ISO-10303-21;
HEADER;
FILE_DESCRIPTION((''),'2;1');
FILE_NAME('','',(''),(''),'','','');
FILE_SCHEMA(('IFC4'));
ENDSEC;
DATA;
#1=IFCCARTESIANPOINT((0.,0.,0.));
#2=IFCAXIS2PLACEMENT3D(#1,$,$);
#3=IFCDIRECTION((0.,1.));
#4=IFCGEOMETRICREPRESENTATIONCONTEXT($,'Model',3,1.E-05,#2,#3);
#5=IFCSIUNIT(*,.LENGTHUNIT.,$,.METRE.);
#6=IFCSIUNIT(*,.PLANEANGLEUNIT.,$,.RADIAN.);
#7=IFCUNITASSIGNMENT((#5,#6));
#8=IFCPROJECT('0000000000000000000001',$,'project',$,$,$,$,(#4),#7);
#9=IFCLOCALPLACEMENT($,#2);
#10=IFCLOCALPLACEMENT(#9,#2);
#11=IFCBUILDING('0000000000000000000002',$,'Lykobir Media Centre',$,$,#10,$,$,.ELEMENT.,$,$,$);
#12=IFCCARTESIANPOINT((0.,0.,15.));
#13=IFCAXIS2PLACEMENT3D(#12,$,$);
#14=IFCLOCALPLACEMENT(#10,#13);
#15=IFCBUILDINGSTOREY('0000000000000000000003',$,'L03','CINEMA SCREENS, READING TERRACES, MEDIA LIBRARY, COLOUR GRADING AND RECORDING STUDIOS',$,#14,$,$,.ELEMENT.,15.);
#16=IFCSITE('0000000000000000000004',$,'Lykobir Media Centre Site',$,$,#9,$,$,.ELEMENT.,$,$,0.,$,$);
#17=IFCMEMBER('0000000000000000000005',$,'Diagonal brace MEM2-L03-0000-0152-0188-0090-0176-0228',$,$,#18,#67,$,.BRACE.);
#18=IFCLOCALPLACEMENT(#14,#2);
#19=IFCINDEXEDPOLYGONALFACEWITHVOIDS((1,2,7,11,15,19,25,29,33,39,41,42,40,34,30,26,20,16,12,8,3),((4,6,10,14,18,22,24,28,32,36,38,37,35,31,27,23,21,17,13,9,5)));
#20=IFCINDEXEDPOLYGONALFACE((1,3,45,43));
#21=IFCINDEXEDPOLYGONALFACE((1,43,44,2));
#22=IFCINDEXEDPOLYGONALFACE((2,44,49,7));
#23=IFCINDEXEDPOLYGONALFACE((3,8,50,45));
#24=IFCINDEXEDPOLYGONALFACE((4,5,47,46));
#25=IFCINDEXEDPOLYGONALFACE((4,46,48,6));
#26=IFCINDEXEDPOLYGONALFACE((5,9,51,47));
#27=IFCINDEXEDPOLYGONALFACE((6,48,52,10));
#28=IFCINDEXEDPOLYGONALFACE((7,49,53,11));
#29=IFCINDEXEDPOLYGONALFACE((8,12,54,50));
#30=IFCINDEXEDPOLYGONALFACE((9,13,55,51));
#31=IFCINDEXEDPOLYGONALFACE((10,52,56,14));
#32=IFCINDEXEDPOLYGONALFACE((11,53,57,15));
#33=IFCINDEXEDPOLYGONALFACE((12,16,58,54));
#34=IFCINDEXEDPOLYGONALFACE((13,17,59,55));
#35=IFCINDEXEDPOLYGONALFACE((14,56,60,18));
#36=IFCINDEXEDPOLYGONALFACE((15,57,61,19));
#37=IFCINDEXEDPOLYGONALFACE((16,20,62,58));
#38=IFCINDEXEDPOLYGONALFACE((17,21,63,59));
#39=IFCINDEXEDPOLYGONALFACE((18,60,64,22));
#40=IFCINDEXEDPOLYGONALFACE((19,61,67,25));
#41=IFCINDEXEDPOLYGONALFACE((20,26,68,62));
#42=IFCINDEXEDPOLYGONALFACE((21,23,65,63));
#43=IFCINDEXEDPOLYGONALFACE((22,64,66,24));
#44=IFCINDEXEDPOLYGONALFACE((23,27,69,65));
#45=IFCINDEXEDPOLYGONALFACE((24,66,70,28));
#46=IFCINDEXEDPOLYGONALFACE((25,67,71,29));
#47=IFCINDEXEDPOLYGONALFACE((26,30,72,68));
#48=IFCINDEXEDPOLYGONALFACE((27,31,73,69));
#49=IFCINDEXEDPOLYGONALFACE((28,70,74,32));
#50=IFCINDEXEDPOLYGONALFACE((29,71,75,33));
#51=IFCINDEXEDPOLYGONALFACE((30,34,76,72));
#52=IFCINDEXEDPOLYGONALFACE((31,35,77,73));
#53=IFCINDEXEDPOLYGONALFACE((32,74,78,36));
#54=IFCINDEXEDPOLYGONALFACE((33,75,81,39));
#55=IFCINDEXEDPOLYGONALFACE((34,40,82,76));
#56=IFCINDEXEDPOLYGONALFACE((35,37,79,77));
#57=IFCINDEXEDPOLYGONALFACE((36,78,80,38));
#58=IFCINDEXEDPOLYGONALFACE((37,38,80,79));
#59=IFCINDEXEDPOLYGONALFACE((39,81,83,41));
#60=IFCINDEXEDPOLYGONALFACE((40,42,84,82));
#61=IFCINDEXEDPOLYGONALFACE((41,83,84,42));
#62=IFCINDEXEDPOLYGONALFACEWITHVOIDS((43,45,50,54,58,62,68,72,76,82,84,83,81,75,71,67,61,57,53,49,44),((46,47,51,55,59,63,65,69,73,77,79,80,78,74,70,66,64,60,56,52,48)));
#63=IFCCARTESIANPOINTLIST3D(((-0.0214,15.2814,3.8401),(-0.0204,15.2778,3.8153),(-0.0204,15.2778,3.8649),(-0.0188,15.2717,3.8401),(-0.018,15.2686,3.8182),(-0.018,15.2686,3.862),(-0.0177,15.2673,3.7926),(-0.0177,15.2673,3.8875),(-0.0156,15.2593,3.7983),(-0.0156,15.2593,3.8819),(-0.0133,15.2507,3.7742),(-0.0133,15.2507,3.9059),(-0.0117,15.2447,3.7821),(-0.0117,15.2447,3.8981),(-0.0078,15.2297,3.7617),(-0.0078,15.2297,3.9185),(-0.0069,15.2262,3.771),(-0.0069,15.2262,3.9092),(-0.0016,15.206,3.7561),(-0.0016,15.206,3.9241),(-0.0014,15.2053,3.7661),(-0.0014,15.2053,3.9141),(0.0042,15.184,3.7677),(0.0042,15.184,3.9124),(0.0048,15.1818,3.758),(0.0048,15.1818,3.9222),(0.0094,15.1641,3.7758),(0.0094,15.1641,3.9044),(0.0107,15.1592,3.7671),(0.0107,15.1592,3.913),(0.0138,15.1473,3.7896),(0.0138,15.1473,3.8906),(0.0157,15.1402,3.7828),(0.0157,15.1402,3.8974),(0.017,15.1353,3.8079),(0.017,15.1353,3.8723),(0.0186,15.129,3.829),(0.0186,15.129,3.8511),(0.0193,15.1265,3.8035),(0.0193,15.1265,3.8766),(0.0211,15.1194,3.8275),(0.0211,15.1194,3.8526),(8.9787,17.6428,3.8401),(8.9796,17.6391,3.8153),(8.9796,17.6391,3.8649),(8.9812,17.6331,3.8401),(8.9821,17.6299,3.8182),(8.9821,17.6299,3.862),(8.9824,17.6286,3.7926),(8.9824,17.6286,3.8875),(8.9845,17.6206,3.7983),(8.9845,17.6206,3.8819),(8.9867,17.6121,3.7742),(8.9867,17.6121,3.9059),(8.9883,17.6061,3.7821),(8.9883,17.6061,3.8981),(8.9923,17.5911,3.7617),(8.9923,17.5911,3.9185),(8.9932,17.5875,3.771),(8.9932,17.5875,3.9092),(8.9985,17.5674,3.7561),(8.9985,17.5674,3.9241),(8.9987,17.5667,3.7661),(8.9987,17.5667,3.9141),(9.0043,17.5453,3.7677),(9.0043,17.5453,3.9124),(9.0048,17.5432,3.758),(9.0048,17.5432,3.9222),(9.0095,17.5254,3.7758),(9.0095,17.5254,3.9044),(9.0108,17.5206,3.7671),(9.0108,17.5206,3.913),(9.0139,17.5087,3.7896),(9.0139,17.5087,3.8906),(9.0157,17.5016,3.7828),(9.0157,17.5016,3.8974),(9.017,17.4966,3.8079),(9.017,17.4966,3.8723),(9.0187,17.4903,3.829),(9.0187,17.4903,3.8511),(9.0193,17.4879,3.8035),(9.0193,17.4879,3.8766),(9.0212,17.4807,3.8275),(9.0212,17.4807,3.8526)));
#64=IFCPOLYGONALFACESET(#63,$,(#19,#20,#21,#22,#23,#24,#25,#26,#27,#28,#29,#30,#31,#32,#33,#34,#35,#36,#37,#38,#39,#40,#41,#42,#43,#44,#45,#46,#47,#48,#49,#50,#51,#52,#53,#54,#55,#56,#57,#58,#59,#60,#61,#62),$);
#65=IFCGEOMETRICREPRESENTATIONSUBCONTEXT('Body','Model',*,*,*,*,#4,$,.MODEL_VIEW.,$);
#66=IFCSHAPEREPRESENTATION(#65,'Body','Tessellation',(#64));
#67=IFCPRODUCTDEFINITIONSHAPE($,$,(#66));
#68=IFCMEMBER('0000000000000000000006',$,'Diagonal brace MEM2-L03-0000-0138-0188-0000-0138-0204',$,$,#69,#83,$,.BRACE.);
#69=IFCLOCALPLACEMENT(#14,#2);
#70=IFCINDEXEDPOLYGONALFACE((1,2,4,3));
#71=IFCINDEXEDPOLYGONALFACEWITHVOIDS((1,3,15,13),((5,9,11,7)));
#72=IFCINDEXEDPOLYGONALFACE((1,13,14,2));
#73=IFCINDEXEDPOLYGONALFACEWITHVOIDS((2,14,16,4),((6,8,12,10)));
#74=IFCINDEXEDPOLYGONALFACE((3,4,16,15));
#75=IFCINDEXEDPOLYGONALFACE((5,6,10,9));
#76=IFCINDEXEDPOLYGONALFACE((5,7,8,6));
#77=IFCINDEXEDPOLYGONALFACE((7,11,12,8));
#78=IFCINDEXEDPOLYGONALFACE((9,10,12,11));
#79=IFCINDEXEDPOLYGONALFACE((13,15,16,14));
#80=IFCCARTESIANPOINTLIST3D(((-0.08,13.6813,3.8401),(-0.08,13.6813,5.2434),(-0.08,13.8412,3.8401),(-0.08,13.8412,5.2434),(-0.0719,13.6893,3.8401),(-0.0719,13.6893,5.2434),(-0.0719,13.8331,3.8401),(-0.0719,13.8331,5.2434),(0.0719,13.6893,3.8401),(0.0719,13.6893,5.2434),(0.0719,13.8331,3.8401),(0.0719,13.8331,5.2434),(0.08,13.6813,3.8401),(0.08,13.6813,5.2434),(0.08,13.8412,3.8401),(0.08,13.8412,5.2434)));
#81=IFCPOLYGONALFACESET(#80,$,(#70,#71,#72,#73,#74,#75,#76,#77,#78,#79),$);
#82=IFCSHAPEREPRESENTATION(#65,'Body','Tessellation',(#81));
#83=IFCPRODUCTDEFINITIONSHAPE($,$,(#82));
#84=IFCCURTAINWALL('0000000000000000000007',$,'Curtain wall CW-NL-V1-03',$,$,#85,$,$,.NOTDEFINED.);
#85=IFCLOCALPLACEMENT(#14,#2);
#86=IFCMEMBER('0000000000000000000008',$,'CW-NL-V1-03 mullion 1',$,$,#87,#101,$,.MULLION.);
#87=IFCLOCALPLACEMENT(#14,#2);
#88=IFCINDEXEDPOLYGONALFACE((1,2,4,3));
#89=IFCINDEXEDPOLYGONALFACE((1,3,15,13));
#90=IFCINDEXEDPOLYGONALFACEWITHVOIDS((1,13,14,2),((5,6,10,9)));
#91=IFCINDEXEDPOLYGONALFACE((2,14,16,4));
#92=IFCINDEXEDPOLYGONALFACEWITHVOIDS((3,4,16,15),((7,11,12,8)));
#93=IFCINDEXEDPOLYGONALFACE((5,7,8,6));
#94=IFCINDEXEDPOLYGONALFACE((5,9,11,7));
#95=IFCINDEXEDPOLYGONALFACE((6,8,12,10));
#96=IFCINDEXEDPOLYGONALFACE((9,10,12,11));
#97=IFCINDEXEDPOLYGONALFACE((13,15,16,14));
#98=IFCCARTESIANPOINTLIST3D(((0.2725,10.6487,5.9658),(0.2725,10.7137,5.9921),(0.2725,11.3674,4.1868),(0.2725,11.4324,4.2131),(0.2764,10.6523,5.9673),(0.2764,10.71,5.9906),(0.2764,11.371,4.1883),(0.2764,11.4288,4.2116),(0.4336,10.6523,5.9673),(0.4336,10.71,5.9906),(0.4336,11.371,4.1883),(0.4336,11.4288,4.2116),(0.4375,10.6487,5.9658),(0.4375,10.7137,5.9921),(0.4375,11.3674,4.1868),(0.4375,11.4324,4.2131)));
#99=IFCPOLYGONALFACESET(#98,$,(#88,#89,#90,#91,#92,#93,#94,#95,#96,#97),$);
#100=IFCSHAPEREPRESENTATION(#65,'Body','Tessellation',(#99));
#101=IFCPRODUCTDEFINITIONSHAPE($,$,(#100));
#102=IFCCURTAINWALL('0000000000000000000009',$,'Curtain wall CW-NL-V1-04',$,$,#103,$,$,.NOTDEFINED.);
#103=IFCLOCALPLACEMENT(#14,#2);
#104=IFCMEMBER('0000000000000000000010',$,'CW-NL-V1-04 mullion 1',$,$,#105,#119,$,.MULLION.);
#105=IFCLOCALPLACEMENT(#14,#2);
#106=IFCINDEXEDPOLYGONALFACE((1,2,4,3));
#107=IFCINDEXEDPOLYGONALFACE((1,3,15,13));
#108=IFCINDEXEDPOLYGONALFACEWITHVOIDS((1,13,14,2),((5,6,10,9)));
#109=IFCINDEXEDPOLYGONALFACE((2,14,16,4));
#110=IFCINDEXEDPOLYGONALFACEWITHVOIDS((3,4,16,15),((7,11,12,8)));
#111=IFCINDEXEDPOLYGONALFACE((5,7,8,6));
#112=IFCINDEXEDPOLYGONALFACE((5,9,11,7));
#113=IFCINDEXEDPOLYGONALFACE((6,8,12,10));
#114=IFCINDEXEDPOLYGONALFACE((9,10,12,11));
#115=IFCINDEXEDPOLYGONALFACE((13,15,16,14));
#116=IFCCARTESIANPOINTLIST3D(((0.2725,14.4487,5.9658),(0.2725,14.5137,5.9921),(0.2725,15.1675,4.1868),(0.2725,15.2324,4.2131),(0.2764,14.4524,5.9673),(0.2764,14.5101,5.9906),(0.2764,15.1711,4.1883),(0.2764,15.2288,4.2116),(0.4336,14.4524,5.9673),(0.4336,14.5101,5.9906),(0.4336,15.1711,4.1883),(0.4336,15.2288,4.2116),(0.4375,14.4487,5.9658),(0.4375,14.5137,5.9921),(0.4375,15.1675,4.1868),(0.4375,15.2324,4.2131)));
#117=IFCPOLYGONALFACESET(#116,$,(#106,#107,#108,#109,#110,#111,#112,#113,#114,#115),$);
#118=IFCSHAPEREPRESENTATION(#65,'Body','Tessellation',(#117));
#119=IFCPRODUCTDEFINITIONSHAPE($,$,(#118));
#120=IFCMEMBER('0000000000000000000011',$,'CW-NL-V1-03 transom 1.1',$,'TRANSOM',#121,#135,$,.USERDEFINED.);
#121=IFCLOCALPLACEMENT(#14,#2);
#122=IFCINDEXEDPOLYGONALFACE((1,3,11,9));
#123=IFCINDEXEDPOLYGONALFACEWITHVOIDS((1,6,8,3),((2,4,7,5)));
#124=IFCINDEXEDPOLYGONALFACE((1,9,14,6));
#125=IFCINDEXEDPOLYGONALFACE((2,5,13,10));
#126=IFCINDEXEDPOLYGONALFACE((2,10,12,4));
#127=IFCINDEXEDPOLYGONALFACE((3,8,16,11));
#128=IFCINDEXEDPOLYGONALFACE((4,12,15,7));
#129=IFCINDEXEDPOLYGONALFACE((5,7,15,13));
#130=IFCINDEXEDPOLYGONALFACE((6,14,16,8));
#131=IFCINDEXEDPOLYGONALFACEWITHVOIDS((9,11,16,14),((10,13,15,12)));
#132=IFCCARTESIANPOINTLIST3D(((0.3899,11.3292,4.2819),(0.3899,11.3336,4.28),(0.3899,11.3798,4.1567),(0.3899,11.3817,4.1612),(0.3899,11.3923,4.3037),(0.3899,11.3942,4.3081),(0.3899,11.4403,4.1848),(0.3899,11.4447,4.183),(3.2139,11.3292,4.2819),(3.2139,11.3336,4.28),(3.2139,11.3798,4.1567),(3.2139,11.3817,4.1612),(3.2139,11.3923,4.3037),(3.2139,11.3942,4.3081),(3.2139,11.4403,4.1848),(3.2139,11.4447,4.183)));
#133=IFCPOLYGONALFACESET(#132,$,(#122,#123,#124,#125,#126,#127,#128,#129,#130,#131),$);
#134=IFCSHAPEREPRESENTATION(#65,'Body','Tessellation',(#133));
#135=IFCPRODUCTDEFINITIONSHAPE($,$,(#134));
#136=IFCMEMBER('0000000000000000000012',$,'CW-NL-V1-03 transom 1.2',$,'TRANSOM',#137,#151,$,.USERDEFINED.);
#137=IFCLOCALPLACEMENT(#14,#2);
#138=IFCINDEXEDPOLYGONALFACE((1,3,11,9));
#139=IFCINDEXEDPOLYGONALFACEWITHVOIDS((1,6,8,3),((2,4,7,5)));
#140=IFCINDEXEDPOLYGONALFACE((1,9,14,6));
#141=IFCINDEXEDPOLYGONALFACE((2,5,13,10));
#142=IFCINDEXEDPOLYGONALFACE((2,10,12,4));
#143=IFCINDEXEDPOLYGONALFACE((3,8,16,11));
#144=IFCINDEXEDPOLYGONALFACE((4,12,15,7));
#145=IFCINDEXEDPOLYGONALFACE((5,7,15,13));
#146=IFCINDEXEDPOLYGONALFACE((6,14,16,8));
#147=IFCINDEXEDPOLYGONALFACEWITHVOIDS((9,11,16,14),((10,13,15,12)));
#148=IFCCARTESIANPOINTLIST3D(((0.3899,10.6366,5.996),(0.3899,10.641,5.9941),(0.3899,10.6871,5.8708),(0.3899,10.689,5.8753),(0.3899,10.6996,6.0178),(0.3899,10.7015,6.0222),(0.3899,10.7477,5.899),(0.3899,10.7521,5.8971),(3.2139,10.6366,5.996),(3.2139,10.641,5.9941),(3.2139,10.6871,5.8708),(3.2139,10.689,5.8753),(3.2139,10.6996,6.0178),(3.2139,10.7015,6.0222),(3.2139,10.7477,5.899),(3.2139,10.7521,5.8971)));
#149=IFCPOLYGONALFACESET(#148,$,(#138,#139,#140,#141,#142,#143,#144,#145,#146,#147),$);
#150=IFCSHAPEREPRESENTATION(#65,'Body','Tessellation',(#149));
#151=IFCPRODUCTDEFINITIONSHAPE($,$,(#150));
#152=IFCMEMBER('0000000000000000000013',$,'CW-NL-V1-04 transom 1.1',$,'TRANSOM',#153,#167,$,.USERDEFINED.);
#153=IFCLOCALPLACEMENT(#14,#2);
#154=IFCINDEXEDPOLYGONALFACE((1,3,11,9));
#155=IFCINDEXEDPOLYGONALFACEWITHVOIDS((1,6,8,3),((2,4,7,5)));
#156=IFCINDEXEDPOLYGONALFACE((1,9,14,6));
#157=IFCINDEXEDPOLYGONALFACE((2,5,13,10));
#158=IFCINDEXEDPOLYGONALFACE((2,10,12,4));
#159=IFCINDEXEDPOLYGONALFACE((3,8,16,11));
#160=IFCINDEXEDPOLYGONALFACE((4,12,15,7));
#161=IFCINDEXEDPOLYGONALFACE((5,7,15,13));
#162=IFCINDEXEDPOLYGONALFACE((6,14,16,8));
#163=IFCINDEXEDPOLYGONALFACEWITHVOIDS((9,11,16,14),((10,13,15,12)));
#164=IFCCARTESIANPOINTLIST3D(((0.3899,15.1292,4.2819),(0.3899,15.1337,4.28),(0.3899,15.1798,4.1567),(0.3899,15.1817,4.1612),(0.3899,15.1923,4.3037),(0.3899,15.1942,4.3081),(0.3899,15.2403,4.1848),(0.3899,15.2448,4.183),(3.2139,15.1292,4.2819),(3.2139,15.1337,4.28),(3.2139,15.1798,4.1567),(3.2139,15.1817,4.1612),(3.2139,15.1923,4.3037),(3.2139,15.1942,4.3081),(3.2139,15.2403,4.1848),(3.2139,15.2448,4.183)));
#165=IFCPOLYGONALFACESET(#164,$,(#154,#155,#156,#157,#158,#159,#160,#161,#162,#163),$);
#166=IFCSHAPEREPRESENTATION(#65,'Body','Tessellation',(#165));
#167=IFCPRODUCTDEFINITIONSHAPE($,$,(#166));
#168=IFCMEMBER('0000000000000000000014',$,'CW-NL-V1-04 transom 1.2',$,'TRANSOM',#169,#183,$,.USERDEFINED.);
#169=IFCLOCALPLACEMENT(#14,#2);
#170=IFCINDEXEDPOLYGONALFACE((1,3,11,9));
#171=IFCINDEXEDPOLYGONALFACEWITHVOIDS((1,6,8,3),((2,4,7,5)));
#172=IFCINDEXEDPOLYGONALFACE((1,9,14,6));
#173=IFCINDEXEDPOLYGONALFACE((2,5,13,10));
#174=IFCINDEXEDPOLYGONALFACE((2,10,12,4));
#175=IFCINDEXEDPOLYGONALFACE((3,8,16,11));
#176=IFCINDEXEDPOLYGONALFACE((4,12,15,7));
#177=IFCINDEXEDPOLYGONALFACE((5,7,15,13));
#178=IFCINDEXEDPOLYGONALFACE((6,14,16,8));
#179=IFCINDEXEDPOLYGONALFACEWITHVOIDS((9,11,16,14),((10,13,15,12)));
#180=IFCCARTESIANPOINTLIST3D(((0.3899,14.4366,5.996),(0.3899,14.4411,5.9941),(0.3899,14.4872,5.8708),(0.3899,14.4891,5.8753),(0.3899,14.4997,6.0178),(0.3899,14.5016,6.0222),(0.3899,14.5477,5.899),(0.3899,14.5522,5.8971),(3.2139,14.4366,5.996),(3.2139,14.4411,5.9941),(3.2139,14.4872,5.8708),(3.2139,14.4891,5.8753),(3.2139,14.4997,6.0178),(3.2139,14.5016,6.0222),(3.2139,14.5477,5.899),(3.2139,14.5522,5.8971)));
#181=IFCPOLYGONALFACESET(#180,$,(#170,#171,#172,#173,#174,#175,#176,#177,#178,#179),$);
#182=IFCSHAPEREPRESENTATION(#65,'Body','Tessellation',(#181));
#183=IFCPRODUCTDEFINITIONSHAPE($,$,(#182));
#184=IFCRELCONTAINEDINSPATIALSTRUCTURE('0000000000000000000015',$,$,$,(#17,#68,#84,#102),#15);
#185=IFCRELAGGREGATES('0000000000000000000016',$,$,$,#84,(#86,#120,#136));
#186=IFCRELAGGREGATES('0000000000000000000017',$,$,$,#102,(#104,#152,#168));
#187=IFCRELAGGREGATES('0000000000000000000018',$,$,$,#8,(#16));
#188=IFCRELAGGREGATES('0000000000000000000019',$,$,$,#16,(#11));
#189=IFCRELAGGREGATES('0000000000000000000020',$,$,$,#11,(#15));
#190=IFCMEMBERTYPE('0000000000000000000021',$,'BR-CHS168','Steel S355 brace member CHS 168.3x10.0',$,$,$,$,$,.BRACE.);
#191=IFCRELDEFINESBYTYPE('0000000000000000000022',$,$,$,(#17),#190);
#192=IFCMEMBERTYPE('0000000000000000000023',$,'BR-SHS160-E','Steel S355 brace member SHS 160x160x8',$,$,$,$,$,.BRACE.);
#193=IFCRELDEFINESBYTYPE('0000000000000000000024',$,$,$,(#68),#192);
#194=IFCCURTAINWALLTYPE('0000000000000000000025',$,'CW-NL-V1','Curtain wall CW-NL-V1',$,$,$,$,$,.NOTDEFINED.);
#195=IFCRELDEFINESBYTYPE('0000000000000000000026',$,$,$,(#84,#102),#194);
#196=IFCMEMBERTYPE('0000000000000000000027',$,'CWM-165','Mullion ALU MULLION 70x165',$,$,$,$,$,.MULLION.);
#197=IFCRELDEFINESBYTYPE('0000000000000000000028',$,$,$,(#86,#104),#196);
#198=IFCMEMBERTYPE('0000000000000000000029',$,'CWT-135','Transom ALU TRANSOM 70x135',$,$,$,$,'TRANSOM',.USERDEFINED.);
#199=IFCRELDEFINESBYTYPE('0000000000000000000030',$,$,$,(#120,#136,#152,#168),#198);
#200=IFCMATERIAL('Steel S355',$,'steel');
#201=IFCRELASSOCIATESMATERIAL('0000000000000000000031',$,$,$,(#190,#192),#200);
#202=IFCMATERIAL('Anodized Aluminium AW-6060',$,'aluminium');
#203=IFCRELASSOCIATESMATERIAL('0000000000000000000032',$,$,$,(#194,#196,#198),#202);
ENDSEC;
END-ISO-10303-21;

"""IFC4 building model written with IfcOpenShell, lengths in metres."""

from ifc_helpers import new_model, si_unit, direction, frame, origin, origin_2d, place, context, subcontext, project, spatial, hollow_rectangle, hollow_circle, extrude, material, material_profile, profile_set, type_object, element, aggregate, save


model = new_model("IFC4")

# Units and contexts
model_context = context("Model", 3, precision=1e-05, world=origin(), true_north=direction((0.0, 1.0)))
body_context = subcontext(model_context, "Body", "Model", "MODEL_VIEW")
ifc_project = project(units=[si_unit("LENGTHUNIT", "METRE"), si_unit("PLANEANGLEUNIT", "RADIAN")], contexts=[model_context])

# Site, building, storey
site_placement = place(None, origin())
site = spatial("IfcSite", under=ifc_project, at=site_placement, Name="Lykobir Media Centre Site", CompositionType="ELEMENT", RefElevation=0.0)
building_placement = place(site_placement, origin())
building = spatial("IfcBuilding", under=site, at=building_placement, Name="Lykobir Media Centre", CompositionType="ELEMENT")
storey_placement = place(building_placement, frame((0.0, 0.0, 15.0)))
storey = spatial("IfcBuildingStorey", under=building, at=storey_placement, Name="L03", Description="CINEMA SCREENS, READING TERRACES, MEDIA LIBRARY, COLOUR GRADING AND RECORDING STUDIOS", CompositionType="ELEMENT", Elevation=15.0)

# Members
ifc_material_1 = material(Name="Steel S355", Category="steel")
ifc_material_profile_1 = material_profile(ifc_material_1, hollow_circle(Radius=0.0842, WallThickness=0.01, at=origin_2d()), Name="CHS 168.3x10.0")
ifc_profile_set_1 = profile_set([ifc_material_profile_1], Name="Steel S355")
member_type_1 = type_object("IfcMemberType", Name="BR-CHS168", Description="Steel S355 brace member CHS 168.3x10.0", PredefinedType="BRACE", material=ifc_profile_set_1)
member_1_placement = place(storey_placement, frame((0.0, 15.2, 3.8401), z_axis=(0.967262, 0.25378, 0.0), x_axis=(-0.25378, 0.967262, 0.0)))
element("IfcMember", 1, at=member_1_placement, inside=storey, type_object=member_type_1, Name="Diagonal brace MEM2-L03-0000-0152-0188-0090-0176-0228", PredefinedType="BRACE", context=body_context, shape_type="SweptSolid", body=[
    extrude(hollow_circle(Radius=0.0842, WallThickness=0.01, at=origin_2d()), origin(), (0.0, 0.0, 1.0), 9.3047),
])
ifc_material_profile_2 = material_profile(ifc_material_1, hollow_rectangle(XDim=0.1599, YDim=0.1599, WallThickness=0.0081, at=origin_2d()), Name="SHS 160x160x8")
ifc_profile_set_2 = profile_set([ifc_material_profile_2], Name="Steel S355")
member_type_2 = type_object("IfcMemberType", Name="BR-SHS160-E", Description="Steel S355 brace member SHS 160x160x8", PredefinedType="BRACE", material=ifc_profile_set_2)
member_2_placement = place(storey_placement, frame((0.0, 13.7612, 3.8401), z_axis=(0.0, 0.0, 1.0), x_axis=(1.0, 0.0, 0.0)))
element("IfcMember", 2, at=member_2_placement, inside=storey, type_object=member_type_2, Name="Diagonal brace MEM2-L03-0000-0138-0188-0000-0138-0204", PredefinedType="BRACE", context=body_context, shape_type="SweptSolid", body=[
    extrude(hollow_rectangle(XDim=0.1599, YDim=0.1599, WallThickness=0.0081, at=origin_2d()), origin(), (0.0, 0.0, 1.0), 1.4033),
])

# Curtain walls, members
ifc_material_2 = material(Name="Anodized Aluminium AW-6060", Category="aluminium")
curtain_wall_type = type_object("IfcCurtainWallType", Name="CW-NL-V1", Description="Curtain wall CW-NL-V1", PredefinedType="NOTDEFINED", material=ifc_material_2)
curtain_wall_1_placement = place(storey_placement, origin())
curtain_wall_1 = element("IfcCurtainWall", 3, at=curtain_wall_1_placement, inside=storey, type_object=curtain_wall_type, Name="Curtain wall CW-NL-V1-03", PredefinedType="NOTDEFINED")
ifc_material_profile_3 = material_profile(ifc_material_2, hollow_rectangle(XDim=0.0701, YDim=0.165, WallThickness=0.0039, at=origin_2d()), Name="ALU MULLION 70x165")
ifc_profile_set_3 = profile_set([ifc_material_profile_3], Name="Anodized Aluminium AW-6060")
member_type_3 = type_object("IfcMemberType", Name="CWM-165", Description="Mullion ALU MULLION 70x165", PredefinedType="MULLION", material=ifc_profile_set_3)
member_3_placement = place(storey_placement, frame((0.355, 11.3999, 4.2), z_axis=(0.0, -0.374591, 0.92719), x_axis=(0.0, 0.92719, 0.374591)))
member_3 = element("IfcMember", 4, at=member_3_placement, type_object=member_type_3, Name="CW-NL-V1-03 mullion 1", PredefinedType="MULLION", context=body_context, shape_type="SweptSolid", body=[
    extrude(hollow_rectangle(XDim=0.0701, YDim=0.165, WallThickness=0.0039, at=origin_2d()), origin(), (0.0, 0.0, 1.0), 1.9187),
])
curtain_wall_2_placement = place(storey_placement, origin())
curtain_wall_2 = element("IfcCurtainWall", 5, at=curtain_wall_2_placement, inside=storey, type_object=curtain_wall_type, Name="Curtain wall CW-NL-V1-04", PredefinedType="NOTDEFINED")
member_4_placement = place(storey_placement, frame((0.355, 15.2, 4.2), z_axis=(0.0, -0.374591, 0.92719), x_axis=(0.0, 0.92719, 0.374591)))
member_4 = element("IfcMember", 6, at=member_4_placement, type_object=member_type_3, Name="CW-NL-V1-04 mullion 1", PredefinedType="MULLION", context=body_context, shape_type="SweptSolid", body=[
    extrude(hollow_rectangle(XDim=0.0701, YDim=0.165, WallThickness=0.0039, at=origin_2d()), origin(), (0.0, 0.0, 1.0), 1.9187),
])

# Members
ifc_material_profile_4 = material_profile(ifc_material_2, hollow_rectangle(XDim=0.0701, YDim=0.135, WallThickness=0.0034, at=origin_2d()), Name="ALU TRANSOM 70x135")
ifc_profile_set_4 = profile_set([ifc_material_profile_4], Name="Anodized Aluminium AW-6060")
member_type_4 = type_object("IfcMemberType", Name="CWT-135", Description="Transom ALU TRANSOM 70x135", ElementType="TRANSOM", PredefinedType="USERDEFINED", material=ifc_profile_set_4)
member_5_placement = place(storey_placement, frame((0.3899, 11.387, 4.2324), z_axis=(1.0, 0.0, 0.0), x_axis=(0.0, 0.927184, 0.374607)))
member_5 = element("IfcMember", 7, at=member_5_placement, type_object=member_type_4, Name="CW-NL-V1-03 transom 1.1", ObjectType="TRANSOM", PredefinedType="USERDEFINED", context=body_context, shape_type="SweptSolid", body=[
    extrude(hollow_rectangle(XDim=0.0701, YDim=0.135, WallThickness=0.0034, at=origin_2d()), origin(), (0.0, 0.0, 1.0), 2.824),
])
member_6_placement = place(storey_placement, frame((0.3899, 10.6943, 5.9465), z_axis=(1.0, 0.0, 0.0), x_axis=(0.0, 0.927184, 0.374607)))
member_6 = element("IfcMember", 8, at=member_6_placement, type_object=member_type_4, Name="CW-NL-V1-03 transom 1.2", ObjectType="TRANSOM", PredefinedType="USERDEFINED", context=body_context, shape_type="SweptSolid", body=[
    extrude(hollow_rectangle(XDim=0.0701, YDim=0.135, WallThickness=0.0034, at=origin_2d()), origin(), (0.0, 0.0, 1.0), 2.824),
])
member_7_placement = place(storey_placement, frame((0.3899, 15.187, 4.2324), z_axis=(1.0, 0.0, 0.0), x_axis=(0.0, 0.927184, 0.374607)))
member_7 = element("IfcMember", 9, at=member_7_placement, type_object=member_type_4, Name="CW-NL-V1-04 transom 1.1", ObjectType="TRANSOM", PredefinedType="USERDEFINED", context=body_context, shape_type="SweptSolid", body=[
    extrude(hollow_rectangle(XDim=0.0701, YDim=0.135, WallThickness=0.0034, at=origin_2d()), origin(), (0.0, 0.0, 1.0), 2.824),
])
member_8_placement = place(storey_placement, frame((0.3899, 14.4944, 5.9465), z_axis=(1.0, 0.0, 0.0), x_axis=(0.0, 0.927184, 0.374607)))
member_8 = element("IfcMember", 10, at=member_8_placement, type_object=member_type_4, Name="CW-NL-V1-04 transom 1.2", ObjectType="TRANSOM", PredefinedType="USERDEFINED", context=body_context, shape_type="SweptSolid", body=[
    extrude(hollow_rectangle(XDim=0.0701, YDim=0.135, WallThickness=0.0034, at=origin_2d()), origin(), (0.0, 0.0, 1.0), 2.824),
])

aggregate(curtain_wall_1, [member_3, member_5, member_6])
aggregate(curtain_wall_2, [member_4, member_7, member_8])

save(model, "model.ifc")
